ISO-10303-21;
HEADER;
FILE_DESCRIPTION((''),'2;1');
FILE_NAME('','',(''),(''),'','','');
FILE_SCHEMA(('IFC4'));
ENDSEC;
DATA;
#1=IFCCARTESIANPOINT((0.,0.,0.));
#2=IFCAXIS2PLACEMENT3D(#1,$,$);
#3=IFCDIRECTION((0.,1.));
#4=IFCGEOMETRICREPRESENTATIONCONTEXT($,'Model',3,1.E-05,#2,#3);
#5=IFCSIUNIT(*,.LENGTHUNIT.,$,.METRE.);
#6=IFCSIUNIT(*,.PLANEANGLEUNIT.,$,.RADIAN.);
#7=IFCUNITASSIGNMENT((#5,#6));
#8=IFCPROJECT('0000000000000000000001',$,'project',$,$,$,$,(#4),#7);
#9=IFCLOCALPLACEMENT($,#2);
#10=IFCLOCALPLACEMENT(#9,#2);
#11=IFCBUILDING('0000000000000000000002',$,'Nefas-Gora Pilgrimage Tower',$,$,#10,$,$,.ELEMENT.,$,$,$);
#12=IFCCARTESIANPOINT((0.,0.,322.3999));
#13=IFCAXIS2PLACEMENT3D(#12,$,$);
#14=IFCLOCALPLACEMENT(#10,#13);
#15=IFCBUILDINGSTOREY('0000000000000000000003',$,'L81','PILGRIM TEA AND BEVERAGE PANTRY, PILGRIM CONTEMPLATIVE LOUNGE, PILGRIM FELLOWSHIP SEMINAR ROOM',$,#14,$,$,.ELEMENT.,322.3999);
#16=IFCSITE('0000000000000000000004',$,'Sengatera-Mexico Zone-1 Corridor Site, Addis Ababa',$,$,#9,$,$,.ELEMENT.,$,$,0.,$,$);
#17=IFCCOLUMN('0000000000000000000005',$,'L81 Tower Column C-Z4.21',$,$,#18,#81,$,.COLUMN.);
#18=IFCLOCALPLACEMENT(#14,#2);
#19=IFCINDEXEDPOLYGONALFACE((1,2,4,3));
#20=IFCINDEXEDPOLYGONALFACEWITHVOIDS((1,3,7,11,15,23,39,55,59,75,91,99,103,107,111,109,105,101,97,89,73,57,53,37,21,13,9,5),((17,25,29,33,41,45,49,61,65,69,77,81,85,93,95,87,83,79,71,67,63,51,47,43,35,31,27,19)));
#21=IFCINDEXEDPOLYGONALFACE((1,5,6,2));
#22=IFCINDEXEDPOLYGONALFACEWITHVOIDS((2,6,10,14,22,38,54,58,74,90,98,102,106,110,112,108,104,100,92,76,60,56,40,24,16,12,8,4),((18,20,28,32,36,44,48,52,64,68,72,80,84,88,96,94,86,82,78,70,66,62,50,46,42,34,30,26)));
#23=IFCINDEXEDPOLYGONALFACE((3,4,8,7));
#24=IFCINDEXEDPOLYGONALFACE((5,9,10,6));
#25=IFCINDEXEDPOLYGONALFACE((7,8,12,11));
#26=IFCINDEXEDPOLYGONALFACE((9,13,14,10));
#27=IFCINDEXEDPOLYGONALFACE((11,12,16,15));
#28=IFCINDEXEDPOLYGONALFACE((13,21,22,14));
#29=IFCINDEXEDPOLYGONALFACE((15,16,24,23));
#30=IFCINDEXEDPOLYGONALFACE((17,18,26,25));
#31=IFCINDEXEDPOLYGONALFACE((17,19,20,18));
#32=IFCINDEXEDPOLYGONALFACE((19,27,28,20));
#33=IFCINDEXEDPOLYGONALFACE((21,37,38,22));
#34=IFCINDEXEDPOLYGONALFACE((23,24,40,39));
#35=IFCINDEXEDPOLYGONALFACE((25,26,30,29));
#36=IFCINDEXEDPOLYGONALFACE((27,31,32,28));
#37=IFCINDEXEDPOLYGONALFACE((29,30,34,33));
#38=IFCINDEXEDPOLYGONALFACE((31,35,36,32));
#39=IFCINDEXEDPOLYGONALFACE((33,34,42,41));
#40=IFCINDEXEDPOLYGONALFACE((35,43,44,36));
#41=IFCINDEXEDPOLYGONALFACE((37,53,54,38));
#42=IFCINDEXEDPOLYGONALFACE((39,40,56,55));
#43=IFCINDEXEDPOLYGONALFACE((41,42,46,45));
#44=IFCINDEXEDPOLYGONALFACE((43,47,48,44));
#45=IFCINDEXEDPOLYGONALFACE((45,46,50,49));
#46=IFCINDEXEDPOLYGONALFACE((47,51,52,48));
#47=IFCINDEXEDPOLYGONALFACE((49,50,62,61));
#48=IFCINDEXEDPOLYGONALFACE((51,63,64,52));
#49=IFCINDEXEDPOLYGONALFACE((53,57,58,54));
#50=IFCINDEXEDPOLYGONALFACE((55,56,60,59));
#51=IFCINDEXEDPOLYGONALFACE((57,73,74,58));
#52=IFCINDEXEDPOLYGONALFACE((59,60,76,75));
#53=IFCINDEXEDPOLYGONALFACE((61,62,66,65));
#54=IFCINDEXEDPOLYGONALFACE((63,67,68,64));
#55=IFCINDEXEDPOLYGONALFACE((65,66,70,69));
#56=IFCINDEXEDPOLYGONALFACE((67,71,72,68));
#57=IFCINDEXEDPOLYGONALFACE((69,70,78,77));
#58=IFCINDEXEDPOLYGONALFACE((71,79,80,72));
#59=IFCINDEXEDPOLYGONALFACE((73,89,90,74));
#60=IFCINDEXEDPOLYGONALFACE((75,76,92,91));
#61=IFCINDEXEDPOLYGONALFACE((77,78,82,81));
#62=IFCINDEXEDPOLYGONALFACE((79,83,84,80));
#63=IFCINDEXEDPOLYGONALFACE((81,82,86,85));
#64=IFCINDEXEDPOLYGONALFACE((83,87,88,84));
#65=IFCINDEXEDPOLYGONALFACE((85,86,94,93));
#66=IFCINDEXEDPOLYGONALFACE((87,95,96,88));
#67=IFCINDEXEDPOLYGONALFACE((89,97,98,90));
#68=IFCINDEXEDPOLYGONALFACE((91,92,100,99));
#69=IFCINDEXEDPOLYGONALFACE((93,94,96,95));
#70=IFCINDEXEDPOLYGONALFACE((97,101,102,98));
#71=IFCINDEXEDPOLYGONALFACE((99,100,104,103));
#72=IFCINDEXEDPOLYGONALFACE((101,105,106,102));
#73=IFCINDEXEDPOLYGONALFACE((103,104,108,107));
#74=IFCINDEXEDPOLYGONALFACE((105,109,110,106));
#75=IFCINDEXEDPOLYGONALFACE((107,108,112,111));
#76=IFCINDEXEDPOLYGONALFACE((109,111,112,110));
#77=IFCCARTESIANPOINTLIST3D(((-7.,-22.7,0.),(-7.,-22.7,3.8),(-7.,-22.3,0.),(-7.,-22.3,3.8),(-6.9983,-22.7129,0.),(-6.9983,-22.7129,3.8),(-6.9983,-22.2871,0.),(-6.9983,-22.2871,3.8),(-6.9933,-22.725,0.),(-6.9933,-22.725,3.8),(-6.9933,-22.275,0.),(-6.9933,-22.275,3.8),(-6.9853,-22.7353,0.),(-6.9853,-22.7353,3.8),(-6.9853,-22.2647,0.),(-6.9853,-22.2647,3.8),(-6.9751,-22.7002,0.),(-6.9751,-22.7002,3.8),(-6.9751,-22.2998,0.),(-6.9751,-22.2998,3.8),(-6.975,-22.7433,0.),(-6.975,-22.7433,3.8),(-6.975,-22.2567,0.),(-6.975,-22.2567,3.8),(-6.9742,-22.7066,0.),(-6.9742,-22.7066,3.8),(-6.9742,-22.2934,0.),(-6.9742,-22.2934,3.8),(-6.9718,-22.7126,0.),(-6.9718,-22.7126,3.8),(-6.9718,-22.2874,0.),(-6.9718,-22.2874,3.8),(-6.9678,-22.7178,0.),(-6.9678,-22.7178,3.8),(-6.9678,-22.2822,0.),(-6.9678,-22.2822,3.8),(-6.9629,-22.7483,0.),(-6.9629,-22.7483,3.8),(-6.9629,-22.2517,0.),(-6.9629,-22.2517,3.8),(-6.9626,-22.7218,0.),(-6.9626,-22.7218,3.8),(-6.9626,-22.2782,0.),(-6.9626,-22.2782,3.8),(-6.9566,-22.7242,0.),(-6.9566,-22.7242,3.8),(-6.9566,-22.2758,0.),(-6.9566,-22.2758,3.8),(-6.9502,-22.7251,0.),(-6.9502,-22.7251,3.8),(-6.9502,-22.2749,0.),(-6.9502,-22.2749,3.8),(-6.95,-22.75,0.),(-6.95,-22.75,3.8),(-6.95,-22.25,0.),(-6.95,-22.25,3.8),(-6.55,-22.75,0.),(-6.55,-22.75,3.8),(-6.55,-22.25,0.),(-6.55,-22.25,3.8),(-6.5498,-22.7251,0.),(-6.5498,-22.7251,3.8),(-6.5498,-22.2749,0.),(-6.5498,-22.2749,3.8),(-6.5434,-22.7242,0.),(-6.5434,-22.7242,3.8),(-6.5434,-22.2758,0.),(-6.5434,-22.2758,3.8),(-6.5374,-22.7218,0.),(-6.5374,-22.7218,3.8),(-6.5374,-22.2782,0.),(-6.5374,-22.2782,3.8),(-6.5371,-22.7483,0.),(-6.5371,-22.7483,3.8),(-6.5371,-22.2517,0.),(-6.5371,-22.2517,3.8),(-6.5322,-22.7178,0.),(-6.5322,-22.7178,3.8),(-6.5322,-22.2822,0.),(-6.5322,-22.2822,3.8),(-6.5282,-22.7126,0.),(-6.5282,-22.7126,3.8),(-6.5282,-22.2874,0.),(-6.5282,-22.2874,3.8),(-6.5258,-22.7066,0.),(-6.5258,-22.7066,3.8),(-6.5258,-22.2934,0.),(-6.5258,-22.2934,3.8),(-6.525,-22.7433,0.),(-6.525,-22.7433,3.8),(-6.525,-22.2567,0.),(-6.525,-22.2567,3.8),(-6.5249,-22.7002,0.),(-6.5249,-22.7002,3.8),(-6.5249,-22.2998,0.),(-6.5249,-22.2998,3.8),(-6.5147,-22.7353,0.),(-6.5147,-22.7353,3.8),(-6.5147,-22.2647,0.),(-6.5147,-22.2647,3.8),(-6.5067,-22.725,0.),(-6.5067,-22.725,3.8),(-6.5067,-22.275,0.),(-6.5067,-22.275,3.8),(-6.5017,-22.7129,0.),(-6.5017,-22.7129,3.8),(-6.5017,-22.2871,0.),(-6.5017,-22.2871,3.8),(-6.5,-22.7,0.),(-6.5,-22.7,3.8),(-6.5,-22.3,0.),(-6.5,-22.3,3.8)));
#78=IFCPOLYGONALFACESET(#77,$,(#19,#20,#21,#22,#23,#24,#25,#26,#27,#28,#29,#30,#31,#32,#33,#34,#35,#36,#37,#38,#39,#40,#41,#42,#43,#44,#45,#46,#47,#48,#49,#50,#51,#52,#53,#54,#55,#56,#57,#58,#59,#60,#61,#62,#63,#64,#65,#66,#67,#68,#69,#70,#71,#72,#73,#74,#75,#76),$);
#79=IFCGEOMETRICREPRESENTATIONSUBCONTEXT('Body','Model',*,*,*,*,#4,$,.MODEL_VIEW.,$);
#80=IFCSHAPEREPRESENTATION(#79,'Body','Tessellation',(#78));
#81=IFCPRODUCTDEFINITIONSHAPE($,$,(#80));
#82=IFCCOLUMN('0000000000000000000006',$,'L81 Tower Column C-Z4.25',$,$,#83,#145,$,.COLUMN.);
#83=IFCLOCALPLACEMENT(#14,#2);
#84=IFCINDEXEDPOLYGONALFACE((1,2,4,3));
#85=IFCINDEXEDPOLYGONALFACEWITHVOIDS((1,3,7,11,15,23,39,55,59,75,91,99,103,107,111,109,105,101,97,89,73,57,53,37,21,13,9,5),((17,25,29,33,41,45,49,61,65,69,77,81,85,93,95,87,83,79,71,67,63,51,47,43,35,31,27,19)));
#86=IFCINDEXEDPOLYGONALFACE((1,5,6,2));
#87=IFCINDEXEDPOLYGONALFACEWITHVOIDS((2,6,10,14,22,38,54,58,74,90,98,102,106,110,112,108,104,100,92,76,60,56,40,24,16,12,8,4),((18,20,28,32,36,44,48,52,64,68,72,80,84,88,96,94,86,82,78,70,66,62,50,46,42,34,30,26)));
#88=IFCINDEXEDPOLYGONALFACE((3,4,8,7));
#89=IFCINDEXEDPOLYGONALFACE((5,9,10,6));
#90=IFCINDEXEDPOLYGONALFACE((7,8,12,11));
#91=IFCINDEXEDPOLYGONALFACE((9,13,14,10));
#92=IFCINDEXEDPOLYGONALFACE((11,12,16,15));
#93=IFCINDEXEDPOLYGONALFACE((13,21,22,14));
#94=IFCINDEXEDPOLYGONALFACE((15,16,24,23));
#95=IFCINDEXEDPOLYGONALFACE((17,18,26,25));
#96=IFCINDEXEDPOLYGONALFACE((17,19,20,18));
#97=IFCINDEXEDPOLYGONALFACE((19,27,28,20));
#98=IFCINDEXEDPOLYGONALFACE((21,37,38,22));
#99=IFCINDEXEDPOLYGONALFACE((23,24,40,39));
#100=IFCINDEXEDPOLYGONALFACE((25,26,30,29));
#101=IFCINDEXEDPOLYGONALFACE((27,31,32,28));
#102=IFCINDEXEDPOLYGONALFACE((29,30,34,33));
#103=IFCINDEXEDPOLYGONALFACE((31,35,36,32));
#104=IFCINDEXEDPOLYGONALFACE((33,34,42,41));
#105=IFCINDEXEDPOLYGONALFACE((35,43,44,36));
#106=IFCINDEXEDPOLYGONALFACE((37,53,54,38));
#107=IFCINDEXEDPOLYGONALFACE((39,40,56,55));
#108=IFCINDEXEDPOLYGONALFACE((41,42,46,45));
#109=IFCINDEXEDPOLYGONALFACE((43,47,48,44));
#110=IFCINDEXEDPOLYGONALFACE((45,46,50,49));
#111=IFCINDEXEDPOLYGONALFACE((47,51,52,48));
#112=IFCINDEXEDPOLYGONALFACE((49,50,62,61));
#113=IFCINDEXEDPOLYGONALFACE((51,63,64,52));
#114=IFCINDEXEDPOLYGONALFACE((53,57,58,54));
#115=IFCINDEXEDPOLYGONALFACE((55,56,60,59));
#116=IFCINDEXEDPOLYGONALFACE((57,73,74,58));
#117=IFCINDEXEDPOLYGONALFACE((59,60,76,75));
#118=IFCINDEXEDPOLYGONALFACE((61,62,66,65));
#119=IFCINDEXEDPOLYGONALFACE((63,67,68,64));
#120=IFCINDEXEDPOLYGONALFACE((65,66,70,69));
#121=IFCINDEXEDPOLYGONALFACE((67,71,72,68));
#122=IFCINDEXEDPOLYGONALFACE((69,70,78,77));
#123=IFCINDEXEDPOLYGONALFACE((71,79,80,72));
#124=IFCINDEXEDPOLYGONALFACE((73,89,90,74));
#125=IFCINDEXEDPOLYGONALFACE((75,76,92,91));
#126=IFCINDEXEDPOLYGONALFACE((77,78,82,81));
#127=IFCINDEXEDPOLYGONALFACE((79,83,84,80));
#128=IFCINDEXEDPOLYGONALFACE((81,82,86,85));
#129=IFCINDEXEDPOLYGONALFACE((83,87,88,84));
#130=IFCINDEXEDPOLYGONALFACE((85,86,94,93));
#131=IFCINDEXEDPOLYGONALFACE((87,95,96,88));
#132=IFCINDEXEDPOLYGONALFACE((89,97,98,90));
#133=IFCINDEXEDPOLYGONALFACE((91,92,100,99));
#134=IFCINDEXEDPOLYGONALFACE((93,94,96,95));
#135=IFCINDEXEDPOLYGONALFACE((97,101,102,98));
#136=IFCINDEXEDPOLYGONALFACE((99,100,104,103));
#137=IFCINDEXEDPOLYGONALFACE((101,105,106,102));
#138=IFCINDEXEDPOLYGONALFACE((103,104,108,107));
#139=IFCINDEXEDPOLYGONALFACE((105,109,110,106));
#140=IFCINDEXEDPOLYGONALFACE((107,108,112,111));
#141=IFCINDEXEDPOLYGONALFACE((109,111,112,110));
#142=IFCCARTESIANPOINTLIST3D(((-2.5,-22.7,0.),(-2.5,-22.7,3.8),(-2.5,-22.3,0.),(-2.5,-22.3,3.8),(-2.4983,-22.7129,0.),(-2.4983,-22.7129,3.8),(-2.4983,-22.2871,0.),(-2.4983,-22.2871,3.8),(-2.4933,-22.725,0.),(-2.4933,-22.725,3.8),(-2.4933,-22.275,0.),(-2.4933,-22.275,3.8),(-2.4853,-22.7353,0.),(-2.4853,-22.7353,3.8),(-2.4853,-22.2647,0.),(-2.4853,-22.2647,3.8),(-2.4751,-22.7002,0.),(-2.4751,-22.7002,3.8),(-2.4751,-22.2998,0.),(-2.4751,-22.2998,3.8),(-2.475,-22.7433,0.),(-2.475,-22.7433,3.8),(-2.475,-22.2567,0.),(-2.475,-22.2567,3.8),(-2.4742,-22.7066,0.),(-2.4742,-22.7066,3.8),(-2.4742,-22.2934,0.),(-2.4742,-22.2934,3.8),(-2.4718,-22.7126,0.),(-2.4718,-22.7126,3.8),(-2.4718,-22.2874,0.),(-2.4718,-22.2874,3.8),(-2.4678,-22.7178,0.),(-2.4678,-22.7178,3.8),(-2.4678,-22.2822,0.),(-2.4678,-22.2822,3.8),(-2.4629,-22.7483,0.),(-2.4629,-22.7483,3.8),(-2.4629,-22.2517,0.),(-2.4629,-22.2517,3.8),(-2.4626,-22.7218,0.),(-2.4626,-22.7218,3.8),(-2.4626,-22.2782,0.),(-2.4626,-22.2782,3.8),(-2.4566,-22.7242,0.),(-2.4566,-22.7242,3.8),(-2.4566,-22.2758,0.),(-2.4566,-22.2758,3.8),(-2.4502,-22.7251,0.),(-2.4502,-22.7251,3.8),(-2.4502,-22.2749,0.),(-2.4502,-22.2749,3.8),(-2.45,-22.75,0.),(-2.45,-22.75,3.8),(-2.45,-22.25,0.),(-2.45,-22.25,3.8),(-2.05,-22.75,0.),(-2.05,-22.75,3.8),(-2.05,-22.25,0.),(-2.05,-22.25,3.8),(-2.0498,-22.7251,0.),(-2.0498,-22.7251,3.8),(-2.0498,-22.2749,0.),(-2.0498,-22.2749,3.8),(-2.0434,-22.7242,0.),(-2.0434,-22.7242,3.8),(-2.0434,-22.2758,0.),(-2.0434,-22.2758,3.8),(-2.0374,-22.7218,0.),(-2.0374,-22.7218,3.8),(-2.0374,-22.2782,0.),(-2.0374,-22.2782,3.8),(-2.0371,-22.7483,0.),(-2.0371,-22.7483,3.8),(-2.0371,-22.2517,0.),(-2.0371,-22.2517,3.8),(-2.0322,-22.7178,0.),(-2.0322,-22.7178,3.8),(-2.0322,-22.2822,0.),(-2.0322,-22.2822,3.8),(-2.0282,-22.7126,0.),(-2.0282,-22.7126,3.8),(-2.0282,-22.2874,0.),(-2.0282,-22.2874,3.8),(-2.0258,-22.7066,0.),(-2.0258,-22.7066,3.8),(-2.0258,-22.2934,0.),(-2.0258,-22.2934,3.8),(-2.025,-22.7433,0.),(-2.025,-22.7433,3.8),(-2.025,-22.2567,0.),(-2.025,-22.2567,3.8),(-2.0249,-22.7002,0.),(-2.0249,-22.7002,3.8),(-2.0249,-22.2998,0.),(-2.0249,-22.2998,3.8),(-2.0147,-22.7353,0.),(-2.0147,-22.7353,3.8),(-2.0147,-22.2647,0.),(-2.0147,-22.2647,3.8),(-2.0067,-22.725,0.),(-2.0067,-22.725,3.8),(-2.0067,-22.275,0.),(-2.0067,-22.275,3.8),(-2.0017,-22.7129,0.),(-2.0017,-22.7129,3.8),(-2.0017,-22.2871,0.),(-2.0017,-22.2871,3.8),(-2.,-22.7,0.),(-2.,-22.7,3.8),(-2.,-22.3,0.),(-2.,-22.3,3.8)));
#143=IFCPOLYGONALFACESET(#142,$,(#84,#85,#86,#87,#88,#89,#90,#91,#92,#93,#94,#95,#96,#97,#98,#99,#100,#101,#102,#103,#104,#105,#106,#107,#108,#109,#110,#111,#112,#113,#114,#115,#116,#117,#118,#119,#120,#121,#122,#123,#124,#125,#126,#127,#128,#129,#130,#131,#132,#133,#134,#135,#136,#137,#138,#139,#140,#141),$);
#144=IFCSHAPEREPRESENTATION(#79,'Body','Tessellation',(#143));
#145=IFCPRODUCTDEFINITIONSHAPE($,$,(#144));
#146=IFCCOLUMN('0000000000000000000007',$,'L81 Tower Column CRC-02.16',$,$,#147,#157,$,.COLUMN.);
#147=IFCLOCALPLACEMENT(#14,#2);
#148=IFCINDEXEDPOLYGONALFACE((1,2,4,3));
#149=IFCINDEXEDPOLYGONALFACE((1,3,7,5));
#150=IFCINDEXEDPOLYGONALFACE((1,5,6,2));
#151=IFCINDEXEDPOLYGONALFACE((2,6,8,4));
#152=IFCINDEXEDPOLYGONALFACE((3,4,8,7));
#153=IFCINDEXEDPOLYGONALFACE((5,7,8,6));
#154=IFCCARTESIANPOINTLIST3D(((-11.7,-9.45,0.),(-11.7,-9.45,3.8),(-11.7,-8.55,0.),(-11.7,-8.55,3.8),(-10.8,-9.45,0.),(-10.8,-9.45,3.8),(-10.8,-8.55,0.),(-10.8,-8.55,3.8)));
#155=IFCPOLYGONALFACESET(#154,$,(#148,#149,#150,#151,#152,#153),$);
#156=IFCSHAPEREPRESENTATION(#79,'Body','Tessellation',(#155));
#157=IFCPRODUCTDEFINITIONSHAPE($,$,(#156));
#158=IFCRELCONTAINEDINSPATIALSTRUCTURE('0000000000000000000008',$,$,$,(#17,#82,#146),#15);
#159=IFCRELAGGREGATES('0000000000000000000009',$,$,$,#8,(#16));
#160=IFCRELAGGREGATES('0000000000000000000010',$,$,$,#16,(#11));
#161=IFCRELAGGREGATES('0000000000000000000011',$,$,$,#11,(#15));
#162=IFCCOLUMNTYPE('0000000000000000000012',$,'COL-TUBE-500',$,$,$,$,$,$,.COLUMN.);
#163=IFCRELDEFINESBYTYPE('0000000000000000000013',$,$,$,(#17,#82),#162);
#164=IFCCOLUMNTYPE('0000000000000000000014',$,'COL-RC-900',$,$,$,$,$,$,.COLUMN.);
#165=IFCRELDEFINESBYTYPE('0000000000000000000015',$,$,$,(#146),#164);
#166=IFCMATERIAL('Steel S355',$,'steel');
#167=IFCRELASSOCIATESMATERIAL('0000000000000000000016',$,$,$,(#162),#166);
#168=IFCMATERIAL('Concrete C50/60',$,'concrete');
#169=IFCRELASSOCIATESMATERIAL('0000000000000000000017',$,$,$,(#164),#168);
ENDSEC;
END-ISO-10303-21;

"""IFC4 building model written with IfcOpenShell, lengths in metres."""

from ifc_helpers import new_model, si_unit, direction, frame, origin, origin_2d, place, context, subcontext, project, spatial, rectangle, hollow_rectangle, extrude, source, transform, mapped, material, material_profile, profile_set, type_object, element, save


model = new_model("IFC4")

# Units and contexts
model_context = context("Model", 3, precision=1e-05, world=origin(), true_north=direction((0.0, 1.0)))
body_context = subcontext(model_context, "Body", "Model", "MODEL_VIEW")
ifc_project = project(units=[si_unit("LENGTHUNIT", "METRE"), si_unit("PLANEANGLEUNIT", "RADIAN")], contexts=[model_context])

# Site, building, storey
site_placement = place(None, origin())
site = spatial("IfcSite", under=ifc_project, at=site_placement, Name="Sengatera-Mexico Zone-1 Corridor Site, Addis Ababa", CompositionType="ELEMENT", RefElevation=0.0)
building_placement = place(site_placement, origin())
building = spatial("IfcBuilding", under=site, at=building_placement, Name="Nefas-Gora Pilgrimage Tower", CompositionType="ELEMENT")
storey_placement = place(building_placement, frame((0.0, 0.0, 322.3999)))
storey = spatial("IfcBuildingStorey", under=building, at=storey_placement, Name="L81", Description="PILGRIM TEA AND BEVERAGE PANTRY, PILGRIM CONTEMPLATIVE LOUNGE, PILGRIM FELLOWSHIP SEMINAR ROOM", CompositionType="ELEMENT", Elevation=322.3999)

# Columns
ifc_material_1 = material(Name="Steel S355", Category="steel")
ifc_material_profile_1 = material_profile(ifc_material_1, hollow_rectangle(XDim=0.5, YDim=0.5, WallThickness=0.0249, InnerFilletRadius=0.0249, OuterFilletRadius=0.05, at=origin_2d()), Name="SHS 500x500x25")
ifc_profile_set_1 = profile_set([ifc_material_profile_1], Name="Steel S355")
column_type_1 = type_object("IfcColumnType", Name="COL-TUBE-500", PredefinedType="COLUMN", material=ifc_profile_set_1)
shared_shape_1 = source(origin(), body_context, "Body", "SweptSolid", [
    extrude(hollow_rectangle(XDim=0.5, YDim=0.5, WallThickness=0.0249, InnerFilletRadius=0.0249, OuterFilletRadius=0.05, at=origin_2d()), origin(), (0.0, 0.0, 1.0), 3.8),
])
for number, where, z_axis, x_axis, name in (
    (1, (-6.75, -22.5, 0.0), (0.0, 0.0, 1.0), (1.0, 0.0, 0.0), "L81 Tower Column C-Z4.21"),
    (2, (-2.25, -22.5, 0.0), (0.0, 0.0, 1.0), (1.0, 0.0, 0.0), "L81 Tower Column C-Z4.25"),
):
    element("IfcColumn", number, at=place(storey_placement, frame(where, z_axis=z_axis, x_axis=x_axis)), inside=storey, type_object=column_type_1, Name=name, PredefinedType="COLUMN", context=body_context, shape_type="MappedRepresentation", body=[
        mapped(shared_shape_1, transform((0.0, 0.0, 0.0), x_axis=(1.0, 0.0, 0.0), y_axis=(0.0, 1.0, 0.0), z_axis=(0.0, 0.0, 1.0), scale=1.0)),
    ])
ifc_material_2 = material(Name="Concrete C50/60", Category="concrete")
ifc_material_profile_2 = material_profile(ifc_material_2, rectangle(XDim=0.8999, YDim=0.8999, at=origin_2d()), Name="RC 900x900")
ifc_profile_set_2 = profile_set([ifc_material_profile_2], Name="Concrete C50/60")
column_type_2 = type_object("IfcColumnType", Name="COL-RC-900", PredefinedType="COLUMN", material=ifc_profile_set_2)
shared_shape_2 = source(origin(), body_context, "Body", "SweptSolid", [
    extrude(rectangle(XDim=0.8999, YDim=0.8999, at=origin_2d()), origin(), (0.0, 0.0, 1.0), 3.8),
])
column_placement = place(storey_placement, frame((-11.25, -9.0, 0.0), z_axis=(0.0, 0.0, 1.0), x_axis=(1.0, 0.0, 0.0)))
element("IfcColumn", 3, at=column_placement, inside=storey, type_object=column_type_2, Name="L81 Tower Column CRC-02.16", PredefinedType="COLUMN", context=body_context, shape_type="MappedRepresentation", body=[
    mapped(shared_shape_2, transform((0.0, 0.0, 0.0), x_axis=(1.0, 0.0, 0.0), y_axis=(0.0, 1.0, 0.0), z_axis=(0.0, 0.0, 1.0), scale=1.0)),
])

save(model, "model.ifc")
